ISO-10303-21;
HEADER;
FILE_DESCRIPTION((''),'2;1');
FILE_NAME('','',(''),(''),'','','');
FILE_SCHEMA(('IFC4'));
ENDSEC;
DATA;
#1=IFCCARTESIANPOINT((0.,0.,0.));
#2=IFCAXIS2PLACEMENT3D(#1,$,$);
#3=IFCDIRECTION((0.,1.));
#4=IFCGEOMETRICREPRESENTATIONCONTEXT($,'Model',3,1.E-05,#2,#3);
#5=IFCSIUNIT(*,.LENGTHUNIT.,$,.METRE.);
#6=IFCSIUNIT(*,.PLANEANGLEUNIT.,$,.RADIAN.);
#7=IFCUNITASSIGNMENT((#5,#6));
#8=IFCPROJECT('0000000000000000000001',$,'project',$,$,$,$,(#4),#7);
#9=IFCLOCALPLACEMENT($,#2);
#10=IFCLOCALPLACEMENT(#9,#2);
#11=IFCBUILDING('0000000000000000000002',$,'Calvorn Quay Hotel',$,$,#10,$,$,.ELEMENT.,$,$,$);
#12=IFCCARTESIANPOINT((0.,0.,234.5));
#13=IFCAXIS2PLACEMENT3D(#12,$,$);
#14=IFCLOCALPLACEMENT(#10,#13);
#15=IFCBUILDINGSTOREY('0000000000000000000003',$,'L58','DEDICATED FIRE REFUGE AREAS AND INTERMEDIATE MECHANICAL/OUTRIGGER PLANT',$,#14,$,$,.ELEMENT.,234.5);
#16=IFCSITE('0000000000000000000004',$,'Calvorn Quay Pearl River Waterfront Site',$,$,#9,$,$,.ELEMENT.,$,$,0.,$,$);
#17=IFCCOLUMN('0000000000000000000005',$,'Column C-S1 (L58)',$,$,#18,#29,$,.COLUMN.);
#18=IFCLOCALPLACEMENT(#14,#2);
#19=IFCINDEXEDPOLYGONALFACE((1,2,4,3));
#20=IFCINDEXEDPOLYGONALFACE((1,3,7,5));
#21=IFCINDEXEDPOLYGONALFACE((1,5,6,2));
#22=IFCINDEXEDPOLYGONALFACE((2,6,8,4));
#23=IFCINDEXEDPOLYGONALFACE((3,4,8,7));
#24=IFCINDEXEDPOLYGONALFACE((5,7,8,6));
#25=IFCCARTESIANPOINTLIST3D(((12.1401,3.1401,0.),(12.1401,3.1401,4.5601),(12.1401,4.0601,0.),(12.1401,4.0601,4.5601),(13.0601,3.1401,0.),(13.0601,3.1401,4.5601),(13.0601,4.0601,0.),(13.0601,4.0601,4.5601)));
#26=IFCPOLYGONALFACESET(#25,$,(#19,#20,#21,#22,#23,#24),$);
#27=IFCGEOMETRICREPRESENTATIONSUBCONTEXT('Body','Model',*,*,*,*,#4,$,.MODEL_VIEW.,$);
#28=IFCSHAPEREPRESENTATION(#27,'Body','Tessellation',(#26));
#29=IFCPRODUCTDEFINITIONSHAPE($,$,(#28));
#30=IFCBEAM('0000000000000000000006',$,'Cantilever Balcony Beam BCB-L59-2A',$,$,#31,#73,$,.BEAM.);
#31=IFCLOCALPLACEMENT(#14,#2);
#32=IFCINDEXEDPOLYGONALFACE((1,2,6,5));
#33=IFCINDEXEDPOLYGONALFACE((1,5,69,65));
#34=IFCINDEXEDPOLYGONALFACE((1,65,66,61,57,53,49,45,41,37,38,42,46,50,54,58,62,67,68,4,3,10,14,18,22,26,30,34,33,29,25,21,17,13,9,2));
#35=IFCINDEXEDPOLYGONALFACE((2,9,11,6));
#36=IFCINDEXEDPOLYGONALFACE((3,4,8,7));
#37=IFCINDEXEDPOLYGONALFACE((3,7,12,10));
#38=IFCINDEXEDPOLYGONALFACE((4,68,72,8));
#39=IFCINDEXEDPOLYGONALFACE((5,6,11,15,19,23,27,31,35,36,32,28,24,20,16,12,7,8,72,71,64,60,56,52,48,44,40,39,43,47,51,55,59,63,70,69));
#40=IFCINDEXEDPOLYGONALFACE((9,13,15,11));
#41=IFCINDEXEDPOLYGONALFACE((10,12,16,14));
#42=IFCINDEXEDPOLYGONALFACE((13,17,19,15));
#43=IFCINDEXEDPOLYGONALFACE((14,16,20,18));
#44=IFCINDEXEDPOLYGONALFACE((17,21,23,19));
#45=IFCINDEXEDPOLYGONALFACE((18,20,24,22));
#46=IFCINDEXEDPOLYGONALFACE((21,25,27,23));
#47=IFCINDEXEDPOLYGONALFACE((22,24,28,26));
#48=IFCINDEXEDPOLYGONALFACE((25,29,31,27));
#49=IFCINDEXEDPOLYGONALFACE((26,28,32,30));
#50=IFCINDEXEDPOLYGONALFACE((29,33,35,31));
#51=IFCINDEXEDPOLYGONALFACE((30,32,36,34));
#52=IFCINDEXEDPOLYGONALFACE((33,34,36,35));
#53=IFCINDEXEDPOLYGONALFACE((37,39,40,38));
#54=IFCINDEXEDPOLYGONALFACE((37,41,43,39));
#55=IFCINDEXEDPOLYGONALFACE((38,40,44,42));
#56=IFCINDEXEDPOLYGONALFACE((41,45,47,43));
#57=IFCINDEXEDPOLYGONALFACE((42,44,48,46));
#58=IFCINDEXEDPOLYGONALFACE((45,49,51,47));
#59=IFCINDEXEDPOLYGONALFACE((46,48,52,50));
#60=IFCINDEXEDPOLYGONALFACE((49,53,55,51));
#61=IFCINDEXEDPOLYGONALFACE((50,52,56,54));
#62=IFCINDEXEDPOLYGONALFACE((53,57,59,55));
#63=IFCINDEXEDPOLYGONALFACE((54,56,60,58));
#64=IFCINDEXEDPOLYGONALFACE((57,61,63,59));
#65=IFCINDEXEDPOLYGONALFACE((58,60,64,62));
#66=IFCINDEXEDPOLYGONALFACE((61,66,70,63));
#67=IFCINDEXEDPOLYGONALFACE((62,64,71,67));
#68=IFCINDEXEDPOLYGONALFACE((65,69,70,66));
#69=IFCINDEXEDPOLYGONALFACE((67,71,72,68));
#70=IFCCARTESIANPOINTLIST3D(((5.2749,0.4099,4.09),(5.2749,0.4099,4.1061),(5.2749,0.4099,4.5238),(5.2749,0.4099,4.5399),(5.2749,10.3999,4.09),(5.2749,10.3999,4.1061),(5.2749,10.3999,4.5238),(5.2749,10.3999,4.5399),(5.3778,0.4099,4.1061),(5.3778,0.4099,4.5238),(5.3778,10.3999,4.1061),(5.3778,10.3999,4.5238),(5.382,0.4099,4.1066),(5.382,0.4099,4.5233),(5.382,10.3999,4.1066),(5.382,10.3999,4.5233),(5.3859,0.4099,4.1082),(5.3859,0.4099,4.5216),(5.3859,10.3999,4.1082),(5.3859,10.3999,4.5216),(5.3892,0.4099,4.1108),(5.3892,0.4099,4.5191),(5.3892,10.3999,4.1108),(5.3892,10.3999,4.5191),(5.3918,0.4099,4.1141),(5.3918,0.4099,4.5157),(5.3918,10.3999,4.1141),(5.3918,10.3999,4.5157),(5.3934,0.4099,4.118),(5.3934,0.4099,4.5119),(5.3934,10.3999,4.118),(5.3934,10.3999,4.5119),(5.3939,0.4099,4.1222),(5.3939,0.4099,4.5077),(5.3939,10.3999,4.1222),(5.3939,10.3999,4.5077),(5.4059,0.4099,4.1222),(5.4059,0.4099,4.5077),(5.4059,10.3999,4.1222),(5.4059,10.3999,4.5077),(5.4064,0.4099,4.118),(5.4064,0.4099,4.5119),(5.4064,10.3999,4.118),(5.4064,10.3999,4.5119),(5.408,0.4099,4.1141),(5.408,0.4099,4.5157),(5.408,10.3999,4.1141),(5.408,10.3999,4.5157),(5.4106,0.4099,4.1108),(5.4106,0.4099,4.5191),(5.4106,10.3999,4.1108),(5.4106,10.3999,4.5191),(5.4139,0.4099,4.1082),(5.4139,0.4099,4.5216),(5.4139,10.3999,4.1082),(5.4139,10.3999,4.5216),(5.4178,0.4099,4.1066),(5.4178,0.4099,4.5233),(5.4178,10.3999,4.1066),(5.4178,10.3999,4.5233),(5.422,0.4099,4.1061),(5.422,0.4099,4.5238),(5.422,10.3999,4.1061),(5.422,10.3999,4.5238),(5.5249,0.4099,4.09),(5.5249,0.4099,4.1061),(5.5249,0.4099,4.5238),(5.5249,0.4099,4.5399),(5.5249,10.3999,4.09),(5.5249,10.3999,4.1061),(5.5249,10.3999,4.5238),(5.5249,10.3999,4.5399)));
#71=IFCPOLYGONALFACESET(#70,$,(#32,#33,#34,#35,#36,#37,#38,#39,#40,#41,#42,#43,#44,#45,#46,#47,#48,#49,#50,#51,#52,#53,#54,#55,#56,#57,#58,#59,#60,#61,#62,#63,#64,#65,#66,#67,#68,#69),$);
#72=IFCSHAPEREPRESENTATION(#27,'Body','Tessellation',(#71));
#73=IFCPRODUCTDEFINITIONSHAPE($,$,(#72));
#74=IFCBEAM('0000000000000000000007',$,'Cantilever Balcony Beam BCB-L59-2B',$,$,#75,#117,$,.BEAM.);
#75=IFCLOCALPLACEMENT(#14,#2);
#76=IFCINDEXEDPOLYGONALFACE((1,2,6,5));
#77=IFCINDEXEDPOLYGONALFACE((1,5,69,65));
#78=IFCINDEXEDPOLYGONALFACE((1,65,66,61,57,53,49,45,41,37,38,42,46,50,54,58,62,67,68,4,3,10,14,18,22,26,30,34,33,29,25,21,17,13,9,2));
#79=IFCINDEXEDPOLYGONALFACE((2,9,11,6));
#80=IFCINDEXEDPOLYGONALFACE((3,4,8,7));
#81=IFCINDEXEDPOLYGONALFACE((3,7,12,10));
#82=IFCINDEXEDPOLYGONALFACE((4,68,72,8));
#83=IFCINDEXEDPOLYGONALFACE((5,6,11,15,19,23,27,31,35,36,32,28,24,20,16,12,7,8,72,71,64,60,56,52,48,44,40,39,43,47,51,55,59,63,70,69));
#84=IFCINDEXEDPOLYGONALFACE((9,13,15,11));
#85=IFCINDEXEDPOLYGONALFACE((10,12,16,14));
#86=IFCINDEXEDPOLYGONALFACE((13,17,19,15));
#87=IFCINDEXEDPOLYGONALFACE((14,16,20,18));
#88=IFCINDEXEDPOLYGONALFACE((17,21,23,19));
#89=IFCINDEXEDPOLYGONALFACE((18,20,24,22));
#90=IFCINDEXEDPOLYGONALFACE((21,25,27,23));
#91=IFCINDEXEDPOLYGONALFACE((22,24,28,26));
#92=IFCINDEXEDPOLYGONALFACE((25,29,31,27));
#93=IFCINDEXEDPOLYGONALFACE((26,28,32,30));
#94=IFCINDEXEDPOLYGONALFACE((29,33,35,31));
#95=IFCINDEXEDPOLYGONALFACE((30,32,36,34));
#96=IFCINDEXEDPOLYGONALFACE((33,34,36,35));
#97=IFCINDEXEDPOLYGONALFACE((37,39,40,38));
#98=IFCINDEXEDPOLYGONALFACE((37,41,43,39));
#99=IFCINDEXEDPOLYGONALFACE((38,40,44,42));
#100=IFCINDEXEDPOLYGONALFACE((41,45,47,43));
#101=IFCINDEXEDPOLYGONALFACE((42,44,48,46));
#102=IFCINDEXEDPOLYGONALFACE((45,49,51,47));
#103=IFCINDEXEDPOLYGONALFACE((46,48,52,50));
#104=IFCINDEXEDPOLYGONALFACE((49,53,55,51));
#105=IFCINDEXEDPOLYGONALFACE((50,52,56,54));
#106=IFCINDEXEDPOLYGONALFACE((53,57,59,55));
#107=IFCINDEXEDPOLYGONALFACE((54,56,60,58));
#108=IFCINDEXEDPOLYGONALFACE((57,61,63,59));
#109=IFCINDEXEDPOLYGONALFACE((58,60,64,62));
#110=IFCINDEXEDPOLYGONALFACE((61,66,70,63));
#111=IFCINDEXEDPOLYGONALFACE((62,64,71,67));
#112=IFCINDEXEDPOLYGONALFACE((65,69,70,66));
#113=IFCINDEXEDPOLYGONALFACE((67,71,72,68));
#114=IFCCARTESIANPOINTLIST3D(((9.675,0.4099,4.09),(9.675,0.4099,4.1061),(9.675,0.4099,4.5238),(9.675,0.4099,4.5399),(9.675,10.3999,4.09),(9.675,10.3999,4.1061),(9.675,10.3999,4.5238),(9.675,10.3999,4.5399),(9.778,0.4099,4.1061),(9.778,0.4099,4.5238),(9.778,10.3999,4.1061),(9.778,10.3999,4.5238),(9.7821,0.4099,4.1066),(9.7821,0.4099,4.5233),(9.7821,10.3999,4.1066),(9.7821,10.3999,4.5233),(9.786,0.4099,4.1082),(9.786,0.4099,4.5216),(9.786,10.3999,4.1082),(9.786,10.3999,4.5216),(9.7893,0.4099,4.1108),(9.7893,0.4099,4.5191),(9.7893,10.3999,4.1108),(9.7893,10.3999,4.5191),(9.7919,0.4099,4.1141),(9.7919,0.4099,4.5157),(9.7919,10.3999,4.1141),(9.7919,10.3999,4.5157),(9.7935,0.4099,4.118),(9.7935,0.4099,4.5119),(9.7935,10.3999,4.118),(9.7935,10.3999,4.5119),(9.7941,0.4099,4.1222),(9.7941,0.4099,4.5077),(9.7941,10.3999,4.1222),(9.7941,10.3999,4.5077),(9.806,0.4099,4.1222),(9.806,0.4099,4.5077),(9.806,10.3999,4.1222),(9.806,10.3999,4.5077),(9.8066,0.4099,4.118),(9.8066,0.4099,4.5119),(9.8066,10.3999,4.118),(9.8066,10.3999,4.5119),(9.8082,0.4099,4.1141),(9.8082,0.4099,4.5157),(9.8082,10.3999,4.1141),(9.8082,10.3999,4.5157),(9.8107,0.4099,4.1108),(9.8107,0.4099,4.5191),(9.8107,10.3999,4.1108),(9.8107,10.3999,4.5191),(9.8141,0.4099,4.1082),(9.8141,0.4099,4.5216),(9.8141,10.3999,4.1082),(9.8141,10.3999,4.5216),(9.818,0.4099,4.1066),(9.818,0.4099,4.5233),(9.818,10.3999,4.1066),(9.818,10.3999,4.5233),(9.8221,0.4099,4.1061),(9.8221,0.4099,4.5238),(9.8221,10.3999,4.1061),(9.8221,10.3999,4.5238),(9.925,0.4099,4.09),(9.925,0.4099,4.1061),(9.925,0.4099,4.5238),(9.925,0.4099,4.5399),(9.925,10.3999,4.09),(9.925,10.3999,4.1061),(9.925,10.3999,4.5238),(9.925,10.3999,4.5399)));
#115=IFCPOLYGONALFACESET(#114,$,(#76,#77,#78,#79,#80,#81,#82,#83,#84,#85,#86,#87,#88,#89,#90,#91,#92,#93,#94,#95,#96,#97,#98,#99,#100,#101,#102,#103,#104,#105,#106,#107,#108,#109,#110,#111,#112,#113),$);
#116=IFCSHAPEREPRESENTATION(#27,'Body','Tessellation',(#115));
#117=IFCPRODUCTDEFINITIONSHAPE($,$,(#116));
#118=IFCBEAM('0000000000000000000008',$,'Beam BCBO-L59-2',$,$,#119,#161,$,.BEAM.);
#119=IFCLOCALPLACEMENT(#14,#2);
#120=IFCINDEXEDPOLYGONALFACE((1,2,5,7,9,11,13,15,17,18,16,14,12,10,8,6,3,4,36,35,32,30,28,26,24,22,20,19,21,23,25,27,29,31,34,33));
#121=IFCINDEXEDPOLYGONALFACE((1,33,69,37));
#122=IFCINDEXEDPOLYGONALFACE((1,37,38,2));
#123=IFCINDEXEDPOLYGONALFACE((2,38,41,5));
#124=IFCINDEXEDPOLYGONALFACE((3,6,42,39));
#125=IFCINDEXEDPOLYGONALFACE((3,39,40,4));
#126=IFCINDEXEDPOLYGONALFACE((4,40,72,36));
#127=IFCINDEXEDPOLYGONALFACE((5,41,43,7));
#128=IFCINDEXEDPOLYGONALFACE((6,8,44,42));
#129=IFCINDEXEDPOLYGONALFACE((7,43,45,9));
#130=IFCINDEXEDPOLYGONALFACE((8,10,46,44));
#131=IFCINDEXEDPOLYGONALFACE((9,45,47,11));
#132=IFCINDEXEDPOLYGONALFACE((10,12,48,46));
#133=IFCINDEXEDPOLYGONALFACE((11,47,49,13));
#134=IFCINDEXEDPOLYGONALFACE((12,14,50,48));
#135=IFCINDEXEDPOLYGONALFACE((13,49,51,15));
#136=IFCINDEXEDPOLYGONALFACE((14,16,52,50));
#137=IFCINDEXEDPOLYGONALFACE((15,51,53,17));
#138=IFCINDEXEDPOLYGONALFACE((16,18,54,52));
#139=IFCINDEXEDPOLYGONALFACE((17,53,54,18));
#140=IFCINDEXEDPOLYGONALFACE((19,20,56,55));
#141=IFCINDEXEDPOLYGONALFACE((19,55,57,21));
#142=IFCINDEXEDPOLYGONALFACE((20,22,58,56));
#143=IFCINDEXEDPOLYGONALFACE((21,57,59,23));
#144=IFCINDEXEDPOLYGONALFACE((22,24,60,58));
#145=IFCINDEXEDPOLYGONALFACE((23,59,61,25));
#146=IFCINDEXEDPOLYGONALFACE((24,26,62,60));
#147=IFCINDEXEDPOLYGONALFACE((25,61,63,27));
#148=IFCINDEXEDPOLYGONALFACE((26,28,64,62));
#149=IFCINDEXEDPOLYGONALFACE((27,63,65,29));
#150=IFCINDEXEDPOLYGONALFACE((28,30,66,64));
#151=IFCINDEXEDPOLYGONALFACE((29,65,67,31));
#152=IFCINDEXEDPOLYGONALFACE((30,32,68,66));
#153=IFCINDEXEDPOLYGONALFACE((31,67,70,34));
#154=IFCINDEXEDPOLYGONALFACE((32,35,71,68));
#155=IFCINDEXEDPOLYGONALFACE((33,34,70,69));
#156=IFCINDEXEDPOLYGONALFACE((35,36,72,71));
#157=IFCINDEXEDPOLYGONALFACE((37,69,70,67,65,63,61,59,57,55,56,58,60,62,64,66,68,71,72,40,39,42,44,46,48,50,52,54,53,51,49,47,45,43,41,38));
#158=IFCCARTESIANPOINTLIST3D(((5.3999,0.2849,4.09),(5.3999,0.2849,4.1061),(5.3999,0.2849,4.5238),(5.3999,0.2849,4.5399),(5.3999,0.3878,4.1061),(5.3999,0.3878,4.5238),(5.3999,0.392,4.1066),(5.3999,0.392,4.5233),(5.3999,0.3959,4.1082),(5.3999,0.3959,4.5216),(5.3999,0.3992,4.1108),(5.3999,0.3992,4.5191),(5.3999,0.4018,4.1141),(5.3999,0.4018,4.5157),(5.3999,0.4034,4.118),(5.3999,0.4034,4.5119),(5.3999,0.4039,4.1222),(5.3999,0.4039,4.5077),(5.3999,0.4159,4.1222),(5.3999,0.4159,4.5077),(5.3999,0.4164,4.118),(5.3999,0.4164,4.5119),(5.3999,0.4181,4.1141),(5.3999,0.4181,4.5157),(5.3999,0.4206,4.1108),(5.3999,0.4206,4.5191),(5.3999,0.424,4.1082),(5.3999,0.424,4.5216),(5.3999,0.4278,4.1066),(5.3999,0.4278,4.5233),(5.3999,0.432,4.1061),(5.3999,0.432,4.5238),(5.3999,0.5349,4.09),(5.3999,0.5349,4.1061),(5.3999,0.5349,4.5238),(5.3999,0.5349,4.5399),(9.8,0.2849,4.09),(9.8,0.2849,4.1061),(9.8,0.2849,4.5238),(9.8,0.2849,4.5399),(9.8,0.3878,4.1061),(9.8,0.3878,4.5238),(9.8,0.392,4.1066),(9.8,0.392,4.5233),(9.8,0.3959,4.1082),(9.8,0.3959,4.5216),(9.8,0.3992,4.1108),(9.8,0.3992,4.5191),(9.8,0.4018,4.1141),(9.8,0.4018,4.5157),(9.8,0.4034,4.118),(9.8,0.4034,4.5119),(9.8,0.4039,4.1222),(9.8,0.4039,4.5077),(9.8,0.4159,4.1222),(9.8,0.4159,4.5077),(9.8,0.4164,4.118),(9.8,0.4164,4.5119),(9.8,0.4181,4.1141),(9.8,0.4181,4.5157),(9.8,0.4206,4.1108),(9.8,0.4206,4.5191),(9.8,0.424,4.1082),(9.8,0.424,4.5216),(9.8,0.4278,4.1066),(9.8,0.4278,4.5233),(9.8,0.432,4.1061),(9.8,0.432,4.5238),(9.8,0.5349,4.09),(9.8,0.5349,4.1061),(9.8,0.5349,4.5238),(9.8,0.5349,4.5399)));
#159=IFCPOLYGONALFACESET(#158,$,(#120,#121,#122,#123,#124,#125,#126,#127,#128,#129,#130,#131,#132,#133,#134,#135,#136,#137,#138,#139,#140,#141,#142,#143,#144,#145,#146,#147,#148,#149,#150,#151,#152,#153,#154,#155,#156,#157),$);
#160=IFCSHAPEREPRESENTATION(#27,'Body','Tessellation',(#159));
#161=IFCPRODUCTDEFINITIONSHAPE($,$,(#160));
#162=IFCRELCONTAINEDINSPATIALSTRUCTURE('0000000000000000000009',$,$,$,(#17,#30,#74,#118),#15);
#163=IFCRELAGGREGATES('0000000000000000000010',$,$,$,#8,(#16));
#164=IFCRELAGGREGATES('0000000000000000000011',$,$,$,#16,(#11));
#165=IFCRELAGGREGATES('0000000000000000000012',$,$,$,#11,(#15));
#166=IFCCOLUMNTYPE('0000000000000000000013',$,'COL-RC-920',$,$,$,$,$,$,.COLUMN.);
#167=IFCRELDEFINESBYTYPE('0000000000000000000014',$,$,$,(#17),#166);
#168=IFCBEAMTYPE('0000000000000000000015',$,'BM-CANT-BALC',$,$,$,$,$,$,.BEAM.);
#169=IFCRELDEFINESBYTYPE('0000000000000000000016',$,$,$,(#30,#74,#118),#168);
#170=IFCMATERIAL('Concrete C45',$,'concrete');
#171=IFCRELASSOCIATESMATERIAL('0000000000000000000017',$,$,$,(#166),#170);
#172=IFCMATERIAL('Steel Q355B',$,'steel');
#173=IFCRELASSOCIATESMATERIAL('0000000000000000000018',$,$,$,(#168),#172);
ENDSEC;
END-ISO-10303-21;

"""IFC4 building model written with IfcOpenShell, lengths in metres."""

from ifc_helpers import new_model, si_unit, direction, frame, origin, origin_2d, place, context, subcontext, project, spatial, rectangle, i_section, extrude, material, material_profile, profile_set, type_object, element, save


model = new_model("IFC4")

# Units and contexts
model_context = context("Model", 3, precision=1e-05, world=origin(), true_north=direction((0.0, 1.0)))
body_context = subcontext(model_context, "Body", "Model", "MODEL_VIEW")
ifc_project = project(units=[si_unit("LENGTHUNIT", "METRE"), si_unit("PLANEANGLEUNIT", "RADIAN")], contexts=[model_context])

# Site, building, storey
site_placement = place(None, origin())
site = spatial("IfcSite", under=ifc_project, at=site_placement, Name="Calvorn Quay Pearl River Waterfront Site", CompositionType="ELEMENT", RefElevation=0.0)
building_placement = place(site_placement, origin())
building = spatial("IfcBuilding", under=site, at=building_placement, Name="Calvorn Quay Hotel", CompositionType="ELEMENT")
storey_placement = place(building_placement, frame((0.0, 0.0, 234.5)))
storey = spatial("IfcBuildingStorey", under=building, at=storey_placement, Name="L58", Description="DEDICATED FIRE REFUGE AREAS AND INTERMEDIATE MECHANICAL/OUTRIGGER PLANT", CompositionType="ELEMENT", Elevation=234.5)

# Column
ifc_material_1 = material(Name="Concrete C45", Category="concrete")
ifc_material_profile_1 = material_profile(ifc_material_1, rectangle(XDim=0.9199, YDim=0.9199, at=origin_2d()), Name="RC920x920")
ifc_profile_set_1 = profile_set([ifc_material_profile_1], Name="Concrete C45")
column_type = type_object("IfcColumnType", Name="COL-RC-920", PredefinedType="COLUMN", material=ifc_profile_set_1)
column_placement = place(storey_placement, frame((12.6001, 3.6001, 0.0), z_axis=(0.0, 0.0, 1.0), x_axis=(1.0, 0.0, 0.0)))
element("IfcColumn", 1, at=column_placement, inside=storey, type_object=column_type, Name="Column C-S1 (L58)", PredefinedType="COLUMN", context=body_context, shape_type="SweptSolid", body=[
    extrude(rectangle(XDim=0.9199, YDim=0.9199, at=origin_2d()), origin(), (0.0, 0.0, 1.0), 4.5601),
])

# Beams
ifc_material_2 = material(Name="Steel Q355B", Category="steel")
ifc_material_profile_2 = material_profile(ifc_material_2, i_section(OverallWidth=0.25, OverallDepth=0.45, WebThickness=0.012, FlangeThickness=0.0161, FilletRadius=0.0161, at=origin_2d()), Name="HN450x250x12x16")
ifc_profile_set_2 = profile_set([ifc_material_profile_2], Name="Steel Q355B")
beam_type_1 = type_object("IfcBeamType", Name="BM-CANT-BALC", PredefinedType="BEAM", material=ifc_profile_set_2)
for number, where, z_axis, x_axis, name in (
    (2, (5.3999, 10.3999, 4.3149), (0.0, -1.0, 0.0), (1.0, 0.0, 0.0), "Cantilever Balcony Beam BCB-L59-2A"),
    (3, (9.8, 10.3999, 4.3149), (0.0, -1.0, 0.0), (1.0, 0.0, 0.0), "Cantilever Balcony Beam BCB-L59-2B"),
):
    element("IfcBeam", number, at=place(storey_placement, frame(where, z_axis=z_axis, x_axis=x_axis)), inside=storey, type_object=beam_type_1, Name=name, PredefinedType="BEAM", context=body_context, shape_type="SweptSolid", body=[
        extrude(i_section(OverallWidth=0.25, OverallDepth=0.45, WebThickness=0.012, FlangeThickness=0.0161, FilletRadius=0.0161, at=origin_2d()), origin(), (0.0, 0.0, 1.0), 9.99),
    ])
beam_1_placement = place(storey_placement, frame((5.3999, 0.4099, 4.3149), z_axis=(1.0, 0.0, 0.0), x_axis=(0.0, 1.0, 0.0)))
element("IfcBeam", 4, at=beam_1_placement, inside=storey, type_object=beam_type_1, Name="Beam BCBO-L59-2", PredefinedType="BEAM", context=body_context, shape_type="SweptSolid", body=[
    extrude(i_section(OverallWidth=0.25, OverallDepth=0.45, WebThickness=0.012, FlangeThickness=0.0161, FilletRadius=0.0161, at=origin_2d()), origin(), (0.0, 0.0, 1.0), 4.4001),
])

save(model, "model.ifc")
